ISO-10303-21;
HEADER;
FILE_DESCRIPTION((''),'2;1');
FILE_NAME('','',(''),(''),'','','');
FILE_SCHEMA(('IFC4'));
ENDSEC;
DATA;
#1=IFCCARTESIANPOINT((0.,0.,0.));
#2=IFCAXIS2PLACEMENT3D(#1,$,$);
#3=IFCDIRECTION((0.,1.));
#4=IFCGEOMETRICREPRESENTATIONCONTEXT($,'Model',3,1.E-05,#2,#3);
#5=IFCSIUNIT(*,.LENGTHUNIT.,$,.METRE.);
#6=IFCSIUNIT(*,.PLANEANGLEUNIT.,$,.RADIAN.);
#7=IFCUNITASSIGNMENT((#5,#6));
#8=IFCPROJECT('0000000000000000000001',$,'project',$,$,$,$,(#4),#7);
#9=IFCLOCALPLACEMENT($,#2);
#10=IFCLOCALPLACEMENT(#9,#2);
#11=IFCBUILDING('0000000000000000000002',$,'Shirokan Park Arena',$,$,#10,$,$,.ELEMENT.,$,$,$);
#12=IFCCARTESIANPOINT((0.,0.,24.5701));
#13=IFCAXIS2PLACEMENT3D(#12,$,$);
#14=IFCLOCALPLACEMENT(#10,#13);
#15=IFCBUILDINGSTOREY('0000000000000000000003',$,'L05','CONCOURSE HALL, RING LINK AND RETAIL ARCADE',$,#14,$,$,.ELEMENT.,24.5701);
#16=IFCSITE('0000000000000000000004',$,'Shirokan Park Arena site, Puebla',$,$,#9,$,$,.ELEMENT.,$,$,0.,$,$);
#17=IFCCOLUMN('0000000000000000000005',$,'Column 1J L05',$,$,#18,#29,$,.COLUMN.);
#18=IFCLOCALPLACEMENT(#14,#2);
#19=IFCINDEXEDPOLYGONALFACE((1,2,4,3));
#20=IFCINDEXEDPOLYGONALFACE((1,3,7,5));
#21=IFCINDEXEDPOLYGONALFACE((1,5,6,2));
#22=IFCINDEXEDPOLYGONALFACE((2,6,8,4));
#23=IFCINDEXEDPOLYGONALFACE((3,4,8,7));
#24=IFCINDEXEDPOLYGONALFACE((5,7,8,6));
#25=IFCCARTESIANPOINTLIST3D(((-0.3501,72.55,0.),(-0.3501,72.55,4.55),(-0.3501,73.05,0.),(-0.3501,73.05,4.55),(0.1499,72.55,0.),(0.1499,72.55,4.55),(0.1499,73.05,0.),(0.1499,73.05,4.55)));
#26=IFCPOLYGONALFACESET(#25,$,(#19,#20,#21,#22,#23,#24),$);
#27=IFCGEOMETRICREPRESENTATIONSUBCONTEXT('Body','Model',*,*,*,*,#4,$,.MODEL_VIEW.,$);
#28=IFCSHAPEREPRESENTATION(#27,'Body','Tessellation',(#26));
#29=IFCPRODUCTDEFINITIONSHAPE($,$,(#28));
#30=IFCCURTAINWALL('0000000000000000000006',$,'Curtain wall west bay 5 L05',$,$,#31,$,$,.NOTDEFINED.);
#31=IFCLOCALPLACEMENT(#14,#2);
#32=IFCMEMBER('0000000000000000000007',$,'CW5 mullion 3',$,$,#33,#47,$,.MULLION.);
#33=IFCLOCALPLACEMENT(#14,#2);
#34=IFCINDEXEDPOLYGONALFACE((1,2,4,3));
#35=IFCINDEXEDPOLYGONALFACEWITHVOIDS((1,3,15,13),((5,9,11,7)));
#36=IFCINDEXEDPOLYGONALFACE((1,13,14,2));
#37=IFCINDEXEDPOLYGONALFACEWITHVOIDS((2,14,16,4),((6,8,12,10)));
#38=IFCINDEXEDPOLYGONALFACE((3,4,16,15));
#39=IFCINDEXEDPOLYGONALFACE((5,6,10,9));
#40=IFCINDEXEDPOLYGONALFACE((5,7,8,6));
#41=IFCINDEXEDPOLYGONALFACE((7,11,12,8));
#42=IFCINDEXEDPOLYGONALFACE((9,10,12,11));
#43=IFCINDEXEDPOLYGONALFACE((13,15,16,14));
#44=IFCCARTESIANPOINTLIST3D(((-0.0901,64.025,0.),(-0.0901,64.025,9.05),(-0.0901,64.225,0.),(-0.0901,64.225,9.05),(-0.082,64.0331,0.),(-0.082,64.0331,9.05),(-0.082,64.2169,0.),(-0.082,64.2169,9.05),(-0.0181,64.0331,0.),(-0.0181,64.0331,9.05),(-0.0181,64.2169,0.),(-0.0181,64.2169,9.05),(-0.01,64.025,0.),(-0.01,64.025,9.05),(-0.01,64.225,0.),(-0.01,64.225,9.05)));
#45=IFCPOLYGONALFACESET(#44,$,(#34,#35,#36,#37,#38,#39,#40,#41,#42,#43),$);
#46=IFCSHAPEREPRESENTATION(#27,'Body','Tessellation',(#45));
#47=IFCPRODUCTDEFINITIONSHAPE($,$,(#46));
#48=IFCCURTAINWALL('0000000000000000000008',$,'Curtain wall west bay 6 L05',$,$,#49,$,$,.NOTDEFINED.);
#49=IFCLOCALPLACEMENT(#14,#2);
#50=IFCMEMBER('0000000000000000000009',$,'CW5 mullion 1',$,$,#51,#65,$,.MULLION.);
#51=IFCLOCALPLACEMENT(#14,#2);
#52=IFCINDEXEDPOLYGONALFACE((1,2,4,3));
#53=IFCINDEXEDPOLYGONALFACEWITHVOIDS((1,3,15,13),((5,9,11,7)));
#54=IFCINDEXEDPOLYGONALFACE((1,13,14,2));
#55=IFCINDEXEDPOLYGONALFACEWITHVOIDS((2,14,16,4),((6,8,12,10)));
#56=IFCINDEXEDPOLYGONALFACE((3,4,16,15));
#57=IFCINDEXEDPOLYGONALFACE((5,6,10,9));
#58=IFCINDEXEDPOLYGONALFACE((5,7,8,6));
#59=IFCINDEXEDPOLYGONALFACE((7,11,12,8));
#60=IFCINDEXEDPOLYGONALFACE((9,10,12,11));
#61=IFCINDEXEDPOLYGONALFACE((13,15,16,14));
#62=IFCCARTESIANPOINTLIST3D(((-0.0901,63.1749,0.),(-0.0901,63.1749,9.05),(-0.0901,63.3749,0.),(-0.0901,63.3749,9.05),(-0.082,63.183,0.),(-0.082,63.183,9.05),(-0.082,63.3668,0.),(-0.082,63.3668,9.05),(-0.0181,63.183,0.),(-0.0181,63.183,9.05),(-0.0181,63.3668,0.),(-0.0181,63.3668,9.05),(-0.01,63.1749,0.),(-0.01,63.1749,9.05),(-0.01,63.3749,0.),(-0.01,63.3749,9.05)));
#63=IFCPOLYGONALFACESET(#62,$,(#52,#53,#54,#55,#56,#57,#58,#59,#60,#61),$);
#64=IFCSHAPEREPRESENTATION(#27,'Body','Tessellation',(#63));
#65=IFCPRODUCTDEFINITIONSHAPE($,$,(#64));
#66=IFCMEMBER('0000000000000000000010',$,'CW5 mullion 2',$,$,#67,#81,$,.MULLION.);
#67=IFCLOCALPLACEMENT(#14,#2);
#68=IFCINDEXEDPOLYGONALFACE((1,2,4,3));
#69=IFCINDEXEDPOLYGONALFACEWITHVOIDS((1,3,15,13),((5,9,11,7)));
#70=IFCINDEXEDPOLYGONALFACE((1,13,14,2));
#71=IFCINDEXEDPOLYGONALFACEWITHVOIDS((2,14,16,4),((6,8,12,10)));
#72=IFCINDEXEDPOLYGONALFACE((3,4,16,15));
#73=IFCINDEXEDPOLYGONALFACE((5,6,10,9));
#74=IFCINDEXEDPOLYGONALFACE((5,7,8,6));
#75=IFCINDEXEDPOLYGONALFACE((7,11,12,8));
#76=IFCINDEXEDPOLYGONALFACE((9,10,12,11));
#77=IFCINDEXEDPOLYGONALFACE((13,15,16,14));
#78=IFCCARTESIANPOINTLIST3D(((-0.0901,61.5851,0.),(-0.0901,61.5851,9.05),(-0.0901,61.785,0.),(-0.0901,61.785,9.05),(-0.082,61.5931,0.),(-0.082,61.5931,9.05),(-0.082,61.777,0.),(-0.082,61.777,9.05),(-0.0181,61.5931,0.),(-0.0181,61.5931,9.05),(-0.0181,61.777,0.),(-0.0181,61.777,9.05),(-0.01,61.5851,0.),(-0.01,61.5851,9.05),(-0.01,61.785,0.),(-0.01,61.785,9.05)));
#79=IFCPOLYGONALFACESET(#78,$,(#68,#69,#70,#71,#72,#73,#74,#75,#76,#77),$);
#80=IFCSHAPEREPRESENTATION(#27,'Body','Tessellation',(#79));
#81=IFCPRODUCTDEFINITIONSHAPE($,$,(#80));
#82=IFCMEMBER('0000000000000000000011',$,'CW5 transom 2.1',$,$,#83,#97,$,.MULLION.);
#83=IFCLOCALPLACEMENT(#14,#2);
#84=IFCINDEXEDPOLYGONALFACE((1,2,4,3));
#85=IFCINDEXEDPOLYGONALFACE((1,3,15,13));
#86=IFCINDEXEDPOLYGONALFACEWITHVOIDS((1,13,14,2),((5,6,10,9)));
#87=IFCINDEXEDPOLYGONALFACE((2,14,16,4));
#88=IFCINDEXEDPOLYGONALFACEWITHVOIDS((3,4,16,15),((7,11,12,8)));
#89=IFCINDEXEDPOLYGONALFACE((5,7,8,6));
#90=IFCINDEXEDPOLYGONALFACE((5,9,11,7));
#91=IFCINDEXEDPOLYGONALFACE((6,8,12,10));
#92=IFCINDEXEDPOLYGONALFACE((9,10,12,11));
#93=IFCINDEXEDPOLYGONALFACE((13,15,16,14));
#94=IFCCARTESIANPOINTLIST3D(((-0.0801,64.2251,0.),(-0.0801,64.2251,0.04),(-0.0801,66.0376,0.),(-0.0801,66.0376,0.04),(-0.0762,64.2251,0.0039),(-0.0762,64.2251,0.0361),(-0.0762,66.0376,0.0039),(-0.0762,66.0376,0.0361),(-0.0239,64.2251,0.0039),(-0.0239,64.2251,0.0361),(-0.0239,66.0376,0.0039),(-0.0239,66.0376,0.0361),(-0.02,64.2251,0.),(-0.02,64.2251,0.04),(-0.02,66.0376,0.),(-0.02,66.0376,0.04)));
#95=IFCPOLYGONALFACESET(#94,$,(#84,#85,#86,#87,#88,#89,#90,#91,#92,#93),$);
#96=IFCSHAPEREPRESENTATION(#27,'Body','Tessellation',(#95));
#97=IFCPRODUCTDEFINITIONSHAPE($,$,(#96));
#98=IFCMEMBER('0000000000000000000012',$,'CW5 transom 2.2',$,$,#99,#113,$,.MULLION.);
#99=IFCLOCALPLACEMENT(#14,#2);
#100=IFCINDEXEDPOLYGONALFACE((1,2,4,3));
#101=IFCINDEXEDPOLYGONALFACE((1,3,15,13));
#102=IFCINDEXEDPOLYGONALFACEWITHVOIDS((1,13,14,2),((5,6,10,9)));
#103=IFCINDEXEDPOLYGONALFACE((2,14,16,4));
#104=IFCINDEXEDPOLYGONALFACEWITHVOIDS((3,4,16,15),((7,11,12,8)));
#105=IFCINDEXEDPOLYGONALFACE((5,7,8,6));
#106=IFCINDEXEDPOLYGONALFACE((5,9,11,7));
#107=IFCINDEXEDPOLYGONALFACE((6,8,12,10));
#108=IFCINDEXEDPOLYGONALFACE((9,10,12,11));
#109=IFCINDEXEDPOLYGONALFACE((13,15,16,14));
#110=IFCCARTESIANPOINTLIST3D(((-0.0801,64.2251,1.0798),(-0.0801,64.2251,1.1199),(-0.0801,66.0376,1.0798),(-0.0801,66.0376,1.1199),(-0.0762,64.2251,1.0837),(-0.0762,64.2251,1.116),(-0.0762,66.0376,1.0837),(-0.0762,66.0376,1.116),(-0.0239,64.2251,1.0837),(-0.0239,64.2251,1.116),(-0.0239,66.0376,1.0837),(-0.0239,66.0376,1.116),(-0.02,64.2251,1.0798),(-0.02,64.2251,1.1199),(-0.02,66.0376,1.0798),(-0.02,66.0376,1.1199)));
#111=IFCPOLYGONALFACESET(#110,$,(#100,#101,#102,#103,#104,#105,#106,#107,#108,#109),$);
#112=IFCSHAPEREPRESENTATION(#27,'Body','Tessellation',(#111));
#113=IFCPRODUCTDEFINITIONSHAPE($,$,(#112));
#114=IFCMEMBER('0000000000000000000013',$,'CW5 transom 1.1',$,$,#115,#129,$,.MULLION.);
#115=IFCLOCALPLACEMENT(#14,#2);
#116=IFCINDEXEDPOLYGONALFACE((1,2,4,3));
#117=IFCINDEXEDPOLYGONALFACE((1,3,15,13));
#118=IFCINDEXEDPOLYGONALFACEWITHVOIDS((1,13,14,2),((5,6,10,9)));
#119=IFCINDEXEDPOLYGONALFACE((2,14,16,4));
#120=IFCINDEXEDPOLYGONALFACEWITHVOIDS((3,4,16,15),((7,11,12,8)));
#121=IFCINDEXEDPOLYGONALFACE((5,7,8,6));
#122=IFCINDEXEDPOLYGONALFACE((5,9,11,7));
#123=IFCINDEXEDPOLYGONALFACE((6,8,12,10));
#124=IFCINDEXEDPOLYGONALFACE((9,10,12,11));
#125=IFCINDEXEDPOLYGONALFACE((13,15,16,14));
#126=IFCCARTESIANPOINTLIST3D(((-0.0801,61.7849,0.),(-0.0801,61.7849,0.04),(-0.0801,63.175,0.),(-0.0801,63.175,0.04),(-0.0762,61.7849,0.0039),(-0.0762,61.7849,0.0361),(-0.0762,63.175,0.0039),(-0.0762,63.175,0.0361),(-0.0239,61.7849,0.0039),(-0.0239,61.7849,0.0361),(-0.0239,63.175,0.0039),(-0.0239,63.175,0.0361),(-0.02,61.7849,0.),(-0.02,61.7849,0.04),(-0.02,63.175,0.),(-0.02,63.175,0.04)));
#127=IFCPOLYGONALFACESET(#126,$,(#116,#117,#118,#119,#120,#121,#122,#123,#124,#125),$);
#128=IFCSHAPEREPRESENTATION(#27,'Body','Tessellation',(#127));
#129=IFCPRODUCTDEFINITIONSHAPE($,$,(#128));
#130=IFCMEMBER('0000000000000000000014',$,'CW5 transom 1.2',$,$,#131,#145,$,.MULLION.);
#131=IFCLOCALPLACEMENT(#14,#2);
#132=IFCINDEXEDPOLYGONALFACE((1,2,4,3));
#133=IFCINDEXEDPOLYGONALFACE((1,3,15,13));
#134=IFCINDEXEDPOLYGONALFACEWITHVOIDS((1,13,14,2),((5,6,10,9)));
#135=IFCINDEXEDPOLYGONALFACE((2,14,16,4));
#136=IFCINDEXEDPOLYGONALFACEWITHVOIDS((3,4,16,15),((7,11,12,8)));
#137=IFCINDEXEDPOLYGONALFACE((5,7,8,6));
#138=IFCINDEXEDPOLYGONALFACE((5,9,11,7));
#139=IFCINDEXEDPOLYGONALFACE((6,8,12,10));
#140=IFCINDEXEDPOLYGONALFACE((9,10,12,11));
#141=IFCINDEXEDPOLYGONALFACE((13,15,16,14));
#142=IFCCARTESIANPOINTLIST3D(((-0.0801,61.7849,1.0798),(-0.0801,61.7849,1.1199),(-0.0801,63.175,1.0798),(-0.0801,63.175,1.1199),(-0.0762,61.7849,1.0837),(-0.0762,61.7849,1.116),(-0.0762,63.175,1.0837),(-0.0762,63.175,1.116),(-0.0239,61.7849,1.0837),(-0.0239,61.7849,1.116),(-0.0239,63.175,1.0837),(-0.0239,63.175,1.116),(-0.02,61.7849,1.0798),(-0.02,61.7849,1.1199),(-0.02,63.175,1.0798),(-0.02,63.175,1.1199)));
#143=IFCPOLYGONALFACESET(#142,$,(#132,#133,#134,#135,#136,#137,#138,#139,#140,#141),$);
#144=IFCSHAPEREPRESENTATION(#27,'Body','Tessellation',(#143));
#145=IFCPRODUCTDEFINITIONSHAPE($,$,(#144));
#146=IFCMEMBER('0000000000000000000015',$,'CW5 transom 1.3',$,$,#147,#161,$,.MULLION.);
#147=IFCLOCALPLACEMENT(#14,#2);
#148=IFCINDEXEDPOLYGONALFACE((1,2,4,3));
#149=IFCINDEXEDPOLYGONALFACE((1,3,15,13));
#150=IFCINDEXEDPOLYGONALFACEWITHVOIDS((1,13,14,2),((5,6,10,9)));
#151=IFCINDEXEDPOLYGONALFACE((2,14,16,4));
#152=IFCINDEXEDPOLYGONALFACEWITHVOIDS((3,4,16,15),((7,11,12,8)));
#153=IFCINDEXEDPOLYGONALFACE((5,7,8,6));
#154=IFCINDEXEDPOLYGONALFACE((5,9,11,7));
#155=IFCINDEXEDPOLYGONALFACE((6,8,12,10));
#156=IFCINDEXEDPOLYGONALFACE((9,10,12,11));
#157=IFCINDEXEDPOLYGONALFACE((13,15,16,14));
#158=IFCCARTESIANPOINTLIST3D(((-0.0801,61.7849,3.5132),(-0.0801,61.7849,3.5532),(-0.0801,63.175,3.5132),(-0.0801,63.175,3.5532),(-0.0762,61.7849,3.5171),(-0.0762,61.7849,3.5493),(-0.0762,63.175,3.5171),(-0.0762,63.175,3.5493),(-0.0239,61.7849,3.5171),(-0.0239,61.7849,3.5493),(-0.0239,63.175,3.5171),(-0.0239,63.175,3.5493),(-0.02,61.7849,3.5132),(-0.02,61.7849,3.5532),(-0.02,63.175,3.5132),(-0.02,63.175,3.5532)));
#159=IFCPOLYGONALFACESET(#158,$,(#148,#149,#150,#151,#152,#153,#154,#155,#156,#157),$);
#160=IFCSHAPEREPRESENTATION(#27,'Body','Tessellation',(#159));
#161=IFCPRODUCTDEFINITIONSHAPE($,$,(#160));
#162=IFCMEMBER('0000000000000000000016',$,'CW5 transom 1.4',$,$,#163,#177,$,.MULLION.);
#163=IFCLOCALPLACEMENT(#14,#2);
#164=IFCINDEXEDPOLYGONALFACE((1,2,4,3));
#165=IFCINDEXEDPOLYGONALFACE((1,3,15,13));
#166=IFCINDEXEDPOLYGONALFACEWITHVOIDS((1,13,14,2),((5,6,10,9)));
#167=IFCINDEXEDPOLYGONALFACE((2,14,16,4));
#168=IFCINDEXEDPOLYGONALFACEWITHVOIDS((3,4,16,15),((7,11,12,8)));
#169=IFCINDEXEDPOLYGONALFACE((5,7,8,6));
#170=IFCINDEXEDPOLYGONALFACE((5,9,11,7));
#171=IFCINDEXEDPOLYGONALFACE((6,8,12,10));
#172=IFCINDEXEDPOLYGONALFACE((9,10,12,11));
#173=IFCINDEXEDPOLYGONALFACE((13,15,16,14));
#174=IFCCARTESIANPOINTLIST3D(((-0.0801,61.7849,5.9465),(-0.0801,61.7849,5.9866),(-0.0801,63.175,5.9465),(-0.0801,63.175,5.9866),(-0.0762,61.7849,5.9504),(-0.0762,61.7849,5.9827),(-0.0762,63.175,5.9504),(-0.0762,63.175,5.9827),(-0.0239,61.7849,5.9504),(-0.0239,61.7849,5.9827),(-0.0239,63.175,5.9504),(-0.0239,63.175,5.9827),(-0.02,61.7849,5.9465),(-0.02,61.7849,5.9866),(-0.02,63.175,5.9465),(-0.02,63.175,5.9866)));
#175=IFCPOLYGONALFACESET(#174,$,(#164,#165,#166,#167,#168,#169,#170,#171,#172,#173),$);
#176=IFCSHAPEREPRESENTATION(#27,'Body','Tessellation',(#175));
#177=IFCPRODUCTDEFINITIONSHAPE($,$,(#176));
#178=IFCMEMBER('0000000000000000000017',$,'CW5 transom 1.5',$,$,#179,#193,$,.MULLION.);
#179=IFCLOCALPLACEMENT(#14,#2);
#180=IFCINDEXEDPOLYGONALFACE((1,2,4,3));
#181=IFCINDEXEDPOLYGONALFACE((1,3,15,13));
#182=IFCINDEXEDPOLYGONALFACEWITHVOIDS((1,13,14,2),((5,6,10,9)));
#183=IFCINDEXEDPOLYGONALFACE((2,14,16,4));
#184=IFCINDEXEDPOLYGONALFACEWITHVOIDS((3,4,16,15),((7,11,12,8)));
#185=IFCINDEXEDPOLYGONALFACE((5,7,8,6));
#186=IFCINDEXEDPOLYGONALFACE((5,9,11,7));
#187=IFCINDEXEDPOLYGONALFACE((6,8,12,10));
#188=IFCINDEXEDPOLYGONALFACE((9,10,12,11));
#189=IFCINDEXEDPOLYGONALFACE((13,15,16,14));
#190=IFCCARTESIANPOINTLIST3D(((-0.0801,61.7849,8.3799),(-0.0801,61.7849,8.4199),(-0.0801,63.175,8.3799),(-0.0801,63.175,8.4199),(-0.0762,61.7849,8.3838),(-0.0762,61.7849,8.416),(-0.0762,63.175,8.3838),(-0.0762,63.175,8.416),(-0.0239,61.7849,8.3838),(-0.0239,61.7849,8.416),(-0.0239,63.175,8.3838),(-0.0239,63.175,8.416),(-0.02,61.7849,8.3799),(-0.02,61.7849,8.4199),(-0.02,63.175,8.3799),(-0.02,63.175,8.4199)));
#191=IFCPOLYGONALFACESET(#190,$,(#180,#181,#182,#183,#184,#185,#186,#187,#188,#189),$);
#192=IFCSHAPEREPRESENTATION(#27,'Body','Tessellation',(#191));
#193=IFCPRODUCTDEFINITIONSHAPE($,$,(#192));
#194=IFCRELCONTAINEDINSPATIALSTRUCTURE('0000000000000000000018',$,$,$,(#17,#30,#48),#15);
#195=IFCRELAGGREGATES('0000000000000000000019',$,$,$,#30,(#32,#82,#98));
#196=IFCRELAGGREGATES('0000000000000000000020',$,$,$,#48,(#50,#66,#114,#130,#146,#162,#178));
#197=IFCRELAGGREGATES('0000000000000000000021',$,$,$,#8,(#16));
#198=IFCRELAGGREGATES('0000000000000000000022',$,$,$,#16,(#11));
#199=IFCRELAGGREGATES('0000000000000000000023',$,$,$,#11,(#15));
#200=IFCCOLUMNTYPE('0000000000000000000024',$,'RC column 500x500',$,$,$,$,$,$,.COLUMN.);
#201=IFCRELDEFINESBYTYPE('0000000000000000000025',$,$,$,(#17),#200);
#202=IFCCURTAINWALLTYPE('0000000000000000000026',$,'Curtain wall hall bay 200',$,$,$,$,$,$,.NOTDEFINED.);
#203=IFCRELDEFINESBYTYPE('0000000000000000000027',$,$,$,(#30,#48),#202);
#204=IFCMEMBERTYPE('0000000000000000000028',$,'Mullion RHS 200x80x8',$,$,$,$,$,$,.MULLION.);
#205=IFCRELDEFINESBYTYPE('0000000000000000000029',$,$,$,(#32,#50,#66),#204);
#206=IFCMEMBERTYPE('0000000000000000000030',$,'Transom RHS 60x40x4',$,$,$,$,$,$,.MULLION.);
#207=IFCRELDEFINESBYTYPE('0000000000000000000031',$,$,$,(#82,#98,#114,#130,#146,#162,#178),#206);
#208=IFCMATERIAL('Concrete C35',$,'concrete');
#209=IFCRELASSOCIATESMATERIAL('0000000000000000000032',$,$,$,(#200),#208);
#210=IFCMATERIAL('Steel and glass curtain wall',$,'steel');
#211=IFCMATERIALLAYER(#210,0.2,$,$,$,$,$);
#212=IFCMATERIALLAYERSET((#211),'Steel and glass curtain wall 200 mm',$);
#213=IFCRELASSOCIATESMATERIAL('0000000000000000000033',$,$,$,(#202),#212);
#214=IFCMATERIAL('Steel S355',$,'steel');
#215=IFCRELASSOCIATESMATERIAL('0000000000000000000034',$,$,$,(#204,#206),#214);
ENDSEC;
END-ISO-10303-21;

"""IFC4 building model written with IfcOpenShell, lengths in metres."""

from ifc_helpers import new_model, si_unit, direction, frame, origin, origin_2d, place, context, subcontext, project, spatial, rectangle, hollow_rectangle, extrude, material, layer, layer_set, material_profile, profile_set, type_object, element, aggregate, save


model = new_model("IFC4")

# Units and contexts
model_context = context("Model", 3, precision=1e-05, world=origin(), true_north=direction((0.0, 1.0)))
body_context = subcontext(model_context, "Body", "Model", "MODEL_VIEW")
ifc_project = project(units=[si_unit("LENGTHUNIT", "METRE"), si_unit("PLANEANGLEUNIT", "RADIAN")], contexts=[model_context])

# Site, building, storey
site_placement = place(None, origin())
site = spatial("IfcSite", under=ifc_project, at=site_placement, Name="Shirokan Park Arena site, Puebla", CompositionType="ELEMENT", RefElevation=0.0)
building_placement = place(site_placement, origin())
building = spatial("IfcBuilding", under=site, at=building_placement, Name="Shirokan Park Arena", CompositionType="ELEMENT")
storey_placement = place(building_placement, frame((0.0, 0.0, 24.5701)))
storey = spatial("IfcBuildingStorey", under=building, at=storey_placement, Name="L05", Description="CONCOURSE HALL, RING LINK AND RETAIL ARCADE", CompositionType="ELEMENT", Elevation=24.5701)

# Column
ifc_material_1 = material(Name="Concrete C35", Category="concrete")
ifc_material_profile_1 = material_profile(ifc_material_1, rectangle(XDim=0.5, YDim=0.5, at=origin_2d()), Name="500x500")
ifc_profile_set_1 = profile_set([ifc_material_profile_1], Name="Concrete C35")
column_type = type_object("IfcColumnType", Name="RC column 500x500", PredefinedType="COLUMN", material=ifc_profile_set_1)
column_placement = place(storey_placement, frame((-0.1001, 72.8, 0.0), z_axis=(0.0, 0.0, 1.0), x_axis=(1.0, 0.0, 0.0)))
element("IfcColumn", 1, at=column_placement, inside=storey, type_object=column_type, Name="Column 1J L05", PredefinedType="COLUMN", context=body_context, shape_type="SweptSolid", body=[
    extrude(rectangle(XDim=0.5, YDim=0.5, at=origin_2d()), origin(), (0.0, 0.0, 1.0), 4.55),
])

# Curtain wall, member
ifc_material_2 = material(Name="Steel and glass curtain wall", Category="steel")
ifc_layer_1 = layer(ifc_material_2, 0.2)
ifc_layer_set_1 = layer_set([ifc_layer_1], Name="Steel and glass curtain wall 200 mm")
curtain_wall_type = type_object("IfcCurtainWallType", Name="Curtain wall hall bay 200", PredefinedType="NOTDEFINED", material=ifc_layer_set_1)
curtain_wall_1_placement = place(storey_placement, origin())
curtain_wall_1 = element("IfcCurtainWall", 2, at=curtain_wall_1_placement, inside=storey, type_object=curtain_wall_type, Name="Curtain wall west bay 5 L05", PredefinedType="NOTDEFINED")
ifc_material_3 = material(Name="Steel S355", Category="steel")
ifc_material_profile_2 = material_profile(ifc_material_3, hollow_rectangle(XDim=0.0801, YDim=0.2, WallThickness=0.0081, at=origin_2d()), Name="RHS 200x80x8")
ifc_profile_set_2 = profile_set([ifc_material_profile_2], Name="Steel S355")
member_type_1 = type_object("IfcMemberType", Name="Mullion RHS 200x80x8", PredefinedType="MULLION", material=ifc_profile_set_2)
member_1_placement = place(storey_placement, frame((-0.05, 64.125, 0.0), z_axis=(0.0, 0.0, 1.0), x_axis=(1.0, 0.0, 0.0)))
member_1 = element("IfcMember", 3, at=member_1_placement, type_object=member_type_1, Name="CW5 mullion 3", PredefinedType="MULLION", context=body_context, shape_type="SweptSolid", body=[
    extrude(hollow_rectangle(XDim=0.0801, YDim=0.2, WallThickness=0.0081, at=origin_2d()), origin(), (0.0, 0.0, 1.0), 9.05),
])

# Curtain wall, members
curtain_wall_2_placement = place(storey_placement, origin())
curtain_wall_2 = element("IfcCurtainWall", 4, at=curtain_wall_2_placement, inside=storey, type_object=curtain_wall_type, Name="Curtain wall west bay 6 L05", PredefinedType="NOTDEFINED")
member_2_placement = place(storey_placement, frame((-0.05, 63.2749, 0.0), z_axis=(0.0, 0.0, 1.0), x_axis=(1.0, 0.0, 0.0)))
member_2 = element("IfcMember", 5, at=member_2_placement, type_object=member_type_1, Name="CW5 mullion 1", PredefinedType="MULLION", context=body_context, shape_type="SweptSolid", body=[
    extrude(hollow_rectangle(XDim=0.0801, YDim=0.2, WallThickness=0.0081, at=origin_2d()), origin(), (0.0, 0.0, 1.0), 9.05),
])
member_3_placement = place(storey_placement, frame((-0.05, 61.6851, 0.0), z_axis=(0.0, 0.0, 1.0), x_axis=(1.0, 0.0, 0.0)))
member_3 = element("IfcMember", 6, at=member_3_placement, type_object=member_type_1, Name="CW5 mullion 2", PredefinedType="MULLION", context=body_context, shape_type="SweptSolid", body=[
    extrude(hollow_rectangle(XDim=0.0801, YDim=0.2, WallThickness=0.0081, at=origin_2d()), origin(), (0.0, 0.0, 1.0), 9.05),
])

# Members
ifc_material_profile_3 = material_profile(ifc_material_3, hollow_rectangle(XDim=0.0601, YDim=0.04, WallThickness=0.0039, at=origin_2d()), Name="RHS 60x40x4")
ifc_profile_set_3 = profile_set([ifc_material_profile_3], Name="Steel S355")
member_type_2 = type_object("IfcMemberType", Name="Transom RHS 60x40x4", PredefinedType="MULLION", material=ifc_profile_set_3)
member_4_placement = place(storey_placement, frame((-0.05, 66.0376, 0.02), z_axis=(0.0, -1.0, 0.0), x_axis=(1.0, 0.0, 0.0)))
member_4 = element("IfcMember", 7, at=member_4_placement, type_object=member_type_2, Name="CW5 transom 2.1", PredefinedType="MULLION", context=body_context, shape_type="SweptSolid", body=[
    extrude(hollow_rectangle(XDim=0.0601, YDim=0.04, WallThickness=0.0039, at=origin_2d()), origin(), (0.0, 0.0, 1.0), 1.8125),
])
member_5_placement = place(storey_placement, frame((-0.05, 66.0376, 1.0999), z_axis=(0.0, -1.0, 0.0), x_axis=(1.0, 0.0, 0.0)))
member_5 = element("IfcMember", 8, at=member_5_placement, type_object=member_type_2, Name="CW5 transom 2.2", PredefinedType="MULLION", context=body_context, shape_type="SweptSolid", body=[
    extrude(hollow_rectangle(XDim=0.0601, YDim=0.04, WallThickness=0.0039, at=origin_2d()), origin(), (0.0, 0.0, 1.0), 1.8125),
])
member_6_placement = place(storey_placement, frame((-0.05, 63.175, 0.02), z_axis=(0.0, -1.0, 0.0), x_axis=(1.0, 0.0, 0.0)))
member_6 = element("IfcMember", 9, at=member_6_placement, type_object=member_type_2, Name="CW5 transom 1.1", PredefinedType="MULLION", context=body_context, shape_type="SweptSolid", body=[
    extrude(hollow_rectangle(XDim=0.0601, YDim=0.04, WallThickness=0.0039, at=origin_2d()), origin(), (0.0, 0.0, 1.0), 1.3901),
])
member_7_placement = place(storey_placement, frame((-0.05, 63.175, 1.0999), z_axis=(0.0, -1.0, 0.0), x_axis=(1.0, 0.0, 0.0)))
member_7 = element("IfcMember", 10, at=member_7_placement, type_object=member_type_2, Name="CW5 transom 1.2", PredefinedType="MULLION", context=body_context, shape_type="SweptSolid", body=[
    extrude(hollow_rectangle(XDim=0.0601, YDim=0.04, WallThickness=0.0039, at=origin_2d()), origin(), (0.0, 0.0, 1.0), 1.3901),
])
member_8_placement = place(storey_placement, frame((-0.05, 63.175, 3.5332), z_axis=(0.0, -1.0, 0.0), x_axis=(1.0, 0.0, 0.0)))
member_8 = element("IfcMember", 11, at=member_8_placement, type_object=member_type_2, Name="CW5 transom 1.3", PredefinedType="MULLION", context=body_context, shape_type="SweptSolid", body=[
    extrude(hollow_rectangle(XDim=0.0601, YDim=0.04, WallThickness=0.0039, at=origin_2d()), origin(), (0.0, 0.0, 1.0), 1.3901),
])
member_9_placement = place(storey_placement, frame((-0.05, 63.175, 5.9666), z_axis=(0.0, -1.0, 0.0), x_axis=(1.0, 0.0, 0.0)))
member_9 = element("IfcMember", 12, at=member_9_placement, type_object=member_type_2, Name="CW5 transom 1.4", PredefinedType="MULLION", context=body_context, shape_type="SweptSolid", body=[
    extrude(hollow_rectangle(XDim=0.0601, YDim=0.04, WallThickness=0.0039, at=origin_2d()), origin(), (0.0, 0.0, 1.0), 1.3901),
])
member_10_placement = place(storey_placement, frame((-0.05, 63.175, 8.3999), z_axis=(0.0, -1.0, 0.0), x_axis=(1.0, 0.0, 0.0)))
member_10 = element("IfcMember", 13, at=member_10_placement, type_object=member_type_2, Name="CW5 transom 1.5", PredefinedType="MULLION", context=body_context, shape_type="SweptSolid", body=[
    extrude(hollow_rectangle(XDim=0.0601, YDim=0.04, WallThickness=0.0039, at=origin_2d()), origin(), (0.0, 0.0, 1.0), 1.3901),
])

aggregate(curtain_wall_1, [member_1, member_4, member_5])
aggregate(curtain_wall_2, [member_2, member_3, member_6, member_7, member_8, member_9, member_10])

save(model, "model.ifc")
